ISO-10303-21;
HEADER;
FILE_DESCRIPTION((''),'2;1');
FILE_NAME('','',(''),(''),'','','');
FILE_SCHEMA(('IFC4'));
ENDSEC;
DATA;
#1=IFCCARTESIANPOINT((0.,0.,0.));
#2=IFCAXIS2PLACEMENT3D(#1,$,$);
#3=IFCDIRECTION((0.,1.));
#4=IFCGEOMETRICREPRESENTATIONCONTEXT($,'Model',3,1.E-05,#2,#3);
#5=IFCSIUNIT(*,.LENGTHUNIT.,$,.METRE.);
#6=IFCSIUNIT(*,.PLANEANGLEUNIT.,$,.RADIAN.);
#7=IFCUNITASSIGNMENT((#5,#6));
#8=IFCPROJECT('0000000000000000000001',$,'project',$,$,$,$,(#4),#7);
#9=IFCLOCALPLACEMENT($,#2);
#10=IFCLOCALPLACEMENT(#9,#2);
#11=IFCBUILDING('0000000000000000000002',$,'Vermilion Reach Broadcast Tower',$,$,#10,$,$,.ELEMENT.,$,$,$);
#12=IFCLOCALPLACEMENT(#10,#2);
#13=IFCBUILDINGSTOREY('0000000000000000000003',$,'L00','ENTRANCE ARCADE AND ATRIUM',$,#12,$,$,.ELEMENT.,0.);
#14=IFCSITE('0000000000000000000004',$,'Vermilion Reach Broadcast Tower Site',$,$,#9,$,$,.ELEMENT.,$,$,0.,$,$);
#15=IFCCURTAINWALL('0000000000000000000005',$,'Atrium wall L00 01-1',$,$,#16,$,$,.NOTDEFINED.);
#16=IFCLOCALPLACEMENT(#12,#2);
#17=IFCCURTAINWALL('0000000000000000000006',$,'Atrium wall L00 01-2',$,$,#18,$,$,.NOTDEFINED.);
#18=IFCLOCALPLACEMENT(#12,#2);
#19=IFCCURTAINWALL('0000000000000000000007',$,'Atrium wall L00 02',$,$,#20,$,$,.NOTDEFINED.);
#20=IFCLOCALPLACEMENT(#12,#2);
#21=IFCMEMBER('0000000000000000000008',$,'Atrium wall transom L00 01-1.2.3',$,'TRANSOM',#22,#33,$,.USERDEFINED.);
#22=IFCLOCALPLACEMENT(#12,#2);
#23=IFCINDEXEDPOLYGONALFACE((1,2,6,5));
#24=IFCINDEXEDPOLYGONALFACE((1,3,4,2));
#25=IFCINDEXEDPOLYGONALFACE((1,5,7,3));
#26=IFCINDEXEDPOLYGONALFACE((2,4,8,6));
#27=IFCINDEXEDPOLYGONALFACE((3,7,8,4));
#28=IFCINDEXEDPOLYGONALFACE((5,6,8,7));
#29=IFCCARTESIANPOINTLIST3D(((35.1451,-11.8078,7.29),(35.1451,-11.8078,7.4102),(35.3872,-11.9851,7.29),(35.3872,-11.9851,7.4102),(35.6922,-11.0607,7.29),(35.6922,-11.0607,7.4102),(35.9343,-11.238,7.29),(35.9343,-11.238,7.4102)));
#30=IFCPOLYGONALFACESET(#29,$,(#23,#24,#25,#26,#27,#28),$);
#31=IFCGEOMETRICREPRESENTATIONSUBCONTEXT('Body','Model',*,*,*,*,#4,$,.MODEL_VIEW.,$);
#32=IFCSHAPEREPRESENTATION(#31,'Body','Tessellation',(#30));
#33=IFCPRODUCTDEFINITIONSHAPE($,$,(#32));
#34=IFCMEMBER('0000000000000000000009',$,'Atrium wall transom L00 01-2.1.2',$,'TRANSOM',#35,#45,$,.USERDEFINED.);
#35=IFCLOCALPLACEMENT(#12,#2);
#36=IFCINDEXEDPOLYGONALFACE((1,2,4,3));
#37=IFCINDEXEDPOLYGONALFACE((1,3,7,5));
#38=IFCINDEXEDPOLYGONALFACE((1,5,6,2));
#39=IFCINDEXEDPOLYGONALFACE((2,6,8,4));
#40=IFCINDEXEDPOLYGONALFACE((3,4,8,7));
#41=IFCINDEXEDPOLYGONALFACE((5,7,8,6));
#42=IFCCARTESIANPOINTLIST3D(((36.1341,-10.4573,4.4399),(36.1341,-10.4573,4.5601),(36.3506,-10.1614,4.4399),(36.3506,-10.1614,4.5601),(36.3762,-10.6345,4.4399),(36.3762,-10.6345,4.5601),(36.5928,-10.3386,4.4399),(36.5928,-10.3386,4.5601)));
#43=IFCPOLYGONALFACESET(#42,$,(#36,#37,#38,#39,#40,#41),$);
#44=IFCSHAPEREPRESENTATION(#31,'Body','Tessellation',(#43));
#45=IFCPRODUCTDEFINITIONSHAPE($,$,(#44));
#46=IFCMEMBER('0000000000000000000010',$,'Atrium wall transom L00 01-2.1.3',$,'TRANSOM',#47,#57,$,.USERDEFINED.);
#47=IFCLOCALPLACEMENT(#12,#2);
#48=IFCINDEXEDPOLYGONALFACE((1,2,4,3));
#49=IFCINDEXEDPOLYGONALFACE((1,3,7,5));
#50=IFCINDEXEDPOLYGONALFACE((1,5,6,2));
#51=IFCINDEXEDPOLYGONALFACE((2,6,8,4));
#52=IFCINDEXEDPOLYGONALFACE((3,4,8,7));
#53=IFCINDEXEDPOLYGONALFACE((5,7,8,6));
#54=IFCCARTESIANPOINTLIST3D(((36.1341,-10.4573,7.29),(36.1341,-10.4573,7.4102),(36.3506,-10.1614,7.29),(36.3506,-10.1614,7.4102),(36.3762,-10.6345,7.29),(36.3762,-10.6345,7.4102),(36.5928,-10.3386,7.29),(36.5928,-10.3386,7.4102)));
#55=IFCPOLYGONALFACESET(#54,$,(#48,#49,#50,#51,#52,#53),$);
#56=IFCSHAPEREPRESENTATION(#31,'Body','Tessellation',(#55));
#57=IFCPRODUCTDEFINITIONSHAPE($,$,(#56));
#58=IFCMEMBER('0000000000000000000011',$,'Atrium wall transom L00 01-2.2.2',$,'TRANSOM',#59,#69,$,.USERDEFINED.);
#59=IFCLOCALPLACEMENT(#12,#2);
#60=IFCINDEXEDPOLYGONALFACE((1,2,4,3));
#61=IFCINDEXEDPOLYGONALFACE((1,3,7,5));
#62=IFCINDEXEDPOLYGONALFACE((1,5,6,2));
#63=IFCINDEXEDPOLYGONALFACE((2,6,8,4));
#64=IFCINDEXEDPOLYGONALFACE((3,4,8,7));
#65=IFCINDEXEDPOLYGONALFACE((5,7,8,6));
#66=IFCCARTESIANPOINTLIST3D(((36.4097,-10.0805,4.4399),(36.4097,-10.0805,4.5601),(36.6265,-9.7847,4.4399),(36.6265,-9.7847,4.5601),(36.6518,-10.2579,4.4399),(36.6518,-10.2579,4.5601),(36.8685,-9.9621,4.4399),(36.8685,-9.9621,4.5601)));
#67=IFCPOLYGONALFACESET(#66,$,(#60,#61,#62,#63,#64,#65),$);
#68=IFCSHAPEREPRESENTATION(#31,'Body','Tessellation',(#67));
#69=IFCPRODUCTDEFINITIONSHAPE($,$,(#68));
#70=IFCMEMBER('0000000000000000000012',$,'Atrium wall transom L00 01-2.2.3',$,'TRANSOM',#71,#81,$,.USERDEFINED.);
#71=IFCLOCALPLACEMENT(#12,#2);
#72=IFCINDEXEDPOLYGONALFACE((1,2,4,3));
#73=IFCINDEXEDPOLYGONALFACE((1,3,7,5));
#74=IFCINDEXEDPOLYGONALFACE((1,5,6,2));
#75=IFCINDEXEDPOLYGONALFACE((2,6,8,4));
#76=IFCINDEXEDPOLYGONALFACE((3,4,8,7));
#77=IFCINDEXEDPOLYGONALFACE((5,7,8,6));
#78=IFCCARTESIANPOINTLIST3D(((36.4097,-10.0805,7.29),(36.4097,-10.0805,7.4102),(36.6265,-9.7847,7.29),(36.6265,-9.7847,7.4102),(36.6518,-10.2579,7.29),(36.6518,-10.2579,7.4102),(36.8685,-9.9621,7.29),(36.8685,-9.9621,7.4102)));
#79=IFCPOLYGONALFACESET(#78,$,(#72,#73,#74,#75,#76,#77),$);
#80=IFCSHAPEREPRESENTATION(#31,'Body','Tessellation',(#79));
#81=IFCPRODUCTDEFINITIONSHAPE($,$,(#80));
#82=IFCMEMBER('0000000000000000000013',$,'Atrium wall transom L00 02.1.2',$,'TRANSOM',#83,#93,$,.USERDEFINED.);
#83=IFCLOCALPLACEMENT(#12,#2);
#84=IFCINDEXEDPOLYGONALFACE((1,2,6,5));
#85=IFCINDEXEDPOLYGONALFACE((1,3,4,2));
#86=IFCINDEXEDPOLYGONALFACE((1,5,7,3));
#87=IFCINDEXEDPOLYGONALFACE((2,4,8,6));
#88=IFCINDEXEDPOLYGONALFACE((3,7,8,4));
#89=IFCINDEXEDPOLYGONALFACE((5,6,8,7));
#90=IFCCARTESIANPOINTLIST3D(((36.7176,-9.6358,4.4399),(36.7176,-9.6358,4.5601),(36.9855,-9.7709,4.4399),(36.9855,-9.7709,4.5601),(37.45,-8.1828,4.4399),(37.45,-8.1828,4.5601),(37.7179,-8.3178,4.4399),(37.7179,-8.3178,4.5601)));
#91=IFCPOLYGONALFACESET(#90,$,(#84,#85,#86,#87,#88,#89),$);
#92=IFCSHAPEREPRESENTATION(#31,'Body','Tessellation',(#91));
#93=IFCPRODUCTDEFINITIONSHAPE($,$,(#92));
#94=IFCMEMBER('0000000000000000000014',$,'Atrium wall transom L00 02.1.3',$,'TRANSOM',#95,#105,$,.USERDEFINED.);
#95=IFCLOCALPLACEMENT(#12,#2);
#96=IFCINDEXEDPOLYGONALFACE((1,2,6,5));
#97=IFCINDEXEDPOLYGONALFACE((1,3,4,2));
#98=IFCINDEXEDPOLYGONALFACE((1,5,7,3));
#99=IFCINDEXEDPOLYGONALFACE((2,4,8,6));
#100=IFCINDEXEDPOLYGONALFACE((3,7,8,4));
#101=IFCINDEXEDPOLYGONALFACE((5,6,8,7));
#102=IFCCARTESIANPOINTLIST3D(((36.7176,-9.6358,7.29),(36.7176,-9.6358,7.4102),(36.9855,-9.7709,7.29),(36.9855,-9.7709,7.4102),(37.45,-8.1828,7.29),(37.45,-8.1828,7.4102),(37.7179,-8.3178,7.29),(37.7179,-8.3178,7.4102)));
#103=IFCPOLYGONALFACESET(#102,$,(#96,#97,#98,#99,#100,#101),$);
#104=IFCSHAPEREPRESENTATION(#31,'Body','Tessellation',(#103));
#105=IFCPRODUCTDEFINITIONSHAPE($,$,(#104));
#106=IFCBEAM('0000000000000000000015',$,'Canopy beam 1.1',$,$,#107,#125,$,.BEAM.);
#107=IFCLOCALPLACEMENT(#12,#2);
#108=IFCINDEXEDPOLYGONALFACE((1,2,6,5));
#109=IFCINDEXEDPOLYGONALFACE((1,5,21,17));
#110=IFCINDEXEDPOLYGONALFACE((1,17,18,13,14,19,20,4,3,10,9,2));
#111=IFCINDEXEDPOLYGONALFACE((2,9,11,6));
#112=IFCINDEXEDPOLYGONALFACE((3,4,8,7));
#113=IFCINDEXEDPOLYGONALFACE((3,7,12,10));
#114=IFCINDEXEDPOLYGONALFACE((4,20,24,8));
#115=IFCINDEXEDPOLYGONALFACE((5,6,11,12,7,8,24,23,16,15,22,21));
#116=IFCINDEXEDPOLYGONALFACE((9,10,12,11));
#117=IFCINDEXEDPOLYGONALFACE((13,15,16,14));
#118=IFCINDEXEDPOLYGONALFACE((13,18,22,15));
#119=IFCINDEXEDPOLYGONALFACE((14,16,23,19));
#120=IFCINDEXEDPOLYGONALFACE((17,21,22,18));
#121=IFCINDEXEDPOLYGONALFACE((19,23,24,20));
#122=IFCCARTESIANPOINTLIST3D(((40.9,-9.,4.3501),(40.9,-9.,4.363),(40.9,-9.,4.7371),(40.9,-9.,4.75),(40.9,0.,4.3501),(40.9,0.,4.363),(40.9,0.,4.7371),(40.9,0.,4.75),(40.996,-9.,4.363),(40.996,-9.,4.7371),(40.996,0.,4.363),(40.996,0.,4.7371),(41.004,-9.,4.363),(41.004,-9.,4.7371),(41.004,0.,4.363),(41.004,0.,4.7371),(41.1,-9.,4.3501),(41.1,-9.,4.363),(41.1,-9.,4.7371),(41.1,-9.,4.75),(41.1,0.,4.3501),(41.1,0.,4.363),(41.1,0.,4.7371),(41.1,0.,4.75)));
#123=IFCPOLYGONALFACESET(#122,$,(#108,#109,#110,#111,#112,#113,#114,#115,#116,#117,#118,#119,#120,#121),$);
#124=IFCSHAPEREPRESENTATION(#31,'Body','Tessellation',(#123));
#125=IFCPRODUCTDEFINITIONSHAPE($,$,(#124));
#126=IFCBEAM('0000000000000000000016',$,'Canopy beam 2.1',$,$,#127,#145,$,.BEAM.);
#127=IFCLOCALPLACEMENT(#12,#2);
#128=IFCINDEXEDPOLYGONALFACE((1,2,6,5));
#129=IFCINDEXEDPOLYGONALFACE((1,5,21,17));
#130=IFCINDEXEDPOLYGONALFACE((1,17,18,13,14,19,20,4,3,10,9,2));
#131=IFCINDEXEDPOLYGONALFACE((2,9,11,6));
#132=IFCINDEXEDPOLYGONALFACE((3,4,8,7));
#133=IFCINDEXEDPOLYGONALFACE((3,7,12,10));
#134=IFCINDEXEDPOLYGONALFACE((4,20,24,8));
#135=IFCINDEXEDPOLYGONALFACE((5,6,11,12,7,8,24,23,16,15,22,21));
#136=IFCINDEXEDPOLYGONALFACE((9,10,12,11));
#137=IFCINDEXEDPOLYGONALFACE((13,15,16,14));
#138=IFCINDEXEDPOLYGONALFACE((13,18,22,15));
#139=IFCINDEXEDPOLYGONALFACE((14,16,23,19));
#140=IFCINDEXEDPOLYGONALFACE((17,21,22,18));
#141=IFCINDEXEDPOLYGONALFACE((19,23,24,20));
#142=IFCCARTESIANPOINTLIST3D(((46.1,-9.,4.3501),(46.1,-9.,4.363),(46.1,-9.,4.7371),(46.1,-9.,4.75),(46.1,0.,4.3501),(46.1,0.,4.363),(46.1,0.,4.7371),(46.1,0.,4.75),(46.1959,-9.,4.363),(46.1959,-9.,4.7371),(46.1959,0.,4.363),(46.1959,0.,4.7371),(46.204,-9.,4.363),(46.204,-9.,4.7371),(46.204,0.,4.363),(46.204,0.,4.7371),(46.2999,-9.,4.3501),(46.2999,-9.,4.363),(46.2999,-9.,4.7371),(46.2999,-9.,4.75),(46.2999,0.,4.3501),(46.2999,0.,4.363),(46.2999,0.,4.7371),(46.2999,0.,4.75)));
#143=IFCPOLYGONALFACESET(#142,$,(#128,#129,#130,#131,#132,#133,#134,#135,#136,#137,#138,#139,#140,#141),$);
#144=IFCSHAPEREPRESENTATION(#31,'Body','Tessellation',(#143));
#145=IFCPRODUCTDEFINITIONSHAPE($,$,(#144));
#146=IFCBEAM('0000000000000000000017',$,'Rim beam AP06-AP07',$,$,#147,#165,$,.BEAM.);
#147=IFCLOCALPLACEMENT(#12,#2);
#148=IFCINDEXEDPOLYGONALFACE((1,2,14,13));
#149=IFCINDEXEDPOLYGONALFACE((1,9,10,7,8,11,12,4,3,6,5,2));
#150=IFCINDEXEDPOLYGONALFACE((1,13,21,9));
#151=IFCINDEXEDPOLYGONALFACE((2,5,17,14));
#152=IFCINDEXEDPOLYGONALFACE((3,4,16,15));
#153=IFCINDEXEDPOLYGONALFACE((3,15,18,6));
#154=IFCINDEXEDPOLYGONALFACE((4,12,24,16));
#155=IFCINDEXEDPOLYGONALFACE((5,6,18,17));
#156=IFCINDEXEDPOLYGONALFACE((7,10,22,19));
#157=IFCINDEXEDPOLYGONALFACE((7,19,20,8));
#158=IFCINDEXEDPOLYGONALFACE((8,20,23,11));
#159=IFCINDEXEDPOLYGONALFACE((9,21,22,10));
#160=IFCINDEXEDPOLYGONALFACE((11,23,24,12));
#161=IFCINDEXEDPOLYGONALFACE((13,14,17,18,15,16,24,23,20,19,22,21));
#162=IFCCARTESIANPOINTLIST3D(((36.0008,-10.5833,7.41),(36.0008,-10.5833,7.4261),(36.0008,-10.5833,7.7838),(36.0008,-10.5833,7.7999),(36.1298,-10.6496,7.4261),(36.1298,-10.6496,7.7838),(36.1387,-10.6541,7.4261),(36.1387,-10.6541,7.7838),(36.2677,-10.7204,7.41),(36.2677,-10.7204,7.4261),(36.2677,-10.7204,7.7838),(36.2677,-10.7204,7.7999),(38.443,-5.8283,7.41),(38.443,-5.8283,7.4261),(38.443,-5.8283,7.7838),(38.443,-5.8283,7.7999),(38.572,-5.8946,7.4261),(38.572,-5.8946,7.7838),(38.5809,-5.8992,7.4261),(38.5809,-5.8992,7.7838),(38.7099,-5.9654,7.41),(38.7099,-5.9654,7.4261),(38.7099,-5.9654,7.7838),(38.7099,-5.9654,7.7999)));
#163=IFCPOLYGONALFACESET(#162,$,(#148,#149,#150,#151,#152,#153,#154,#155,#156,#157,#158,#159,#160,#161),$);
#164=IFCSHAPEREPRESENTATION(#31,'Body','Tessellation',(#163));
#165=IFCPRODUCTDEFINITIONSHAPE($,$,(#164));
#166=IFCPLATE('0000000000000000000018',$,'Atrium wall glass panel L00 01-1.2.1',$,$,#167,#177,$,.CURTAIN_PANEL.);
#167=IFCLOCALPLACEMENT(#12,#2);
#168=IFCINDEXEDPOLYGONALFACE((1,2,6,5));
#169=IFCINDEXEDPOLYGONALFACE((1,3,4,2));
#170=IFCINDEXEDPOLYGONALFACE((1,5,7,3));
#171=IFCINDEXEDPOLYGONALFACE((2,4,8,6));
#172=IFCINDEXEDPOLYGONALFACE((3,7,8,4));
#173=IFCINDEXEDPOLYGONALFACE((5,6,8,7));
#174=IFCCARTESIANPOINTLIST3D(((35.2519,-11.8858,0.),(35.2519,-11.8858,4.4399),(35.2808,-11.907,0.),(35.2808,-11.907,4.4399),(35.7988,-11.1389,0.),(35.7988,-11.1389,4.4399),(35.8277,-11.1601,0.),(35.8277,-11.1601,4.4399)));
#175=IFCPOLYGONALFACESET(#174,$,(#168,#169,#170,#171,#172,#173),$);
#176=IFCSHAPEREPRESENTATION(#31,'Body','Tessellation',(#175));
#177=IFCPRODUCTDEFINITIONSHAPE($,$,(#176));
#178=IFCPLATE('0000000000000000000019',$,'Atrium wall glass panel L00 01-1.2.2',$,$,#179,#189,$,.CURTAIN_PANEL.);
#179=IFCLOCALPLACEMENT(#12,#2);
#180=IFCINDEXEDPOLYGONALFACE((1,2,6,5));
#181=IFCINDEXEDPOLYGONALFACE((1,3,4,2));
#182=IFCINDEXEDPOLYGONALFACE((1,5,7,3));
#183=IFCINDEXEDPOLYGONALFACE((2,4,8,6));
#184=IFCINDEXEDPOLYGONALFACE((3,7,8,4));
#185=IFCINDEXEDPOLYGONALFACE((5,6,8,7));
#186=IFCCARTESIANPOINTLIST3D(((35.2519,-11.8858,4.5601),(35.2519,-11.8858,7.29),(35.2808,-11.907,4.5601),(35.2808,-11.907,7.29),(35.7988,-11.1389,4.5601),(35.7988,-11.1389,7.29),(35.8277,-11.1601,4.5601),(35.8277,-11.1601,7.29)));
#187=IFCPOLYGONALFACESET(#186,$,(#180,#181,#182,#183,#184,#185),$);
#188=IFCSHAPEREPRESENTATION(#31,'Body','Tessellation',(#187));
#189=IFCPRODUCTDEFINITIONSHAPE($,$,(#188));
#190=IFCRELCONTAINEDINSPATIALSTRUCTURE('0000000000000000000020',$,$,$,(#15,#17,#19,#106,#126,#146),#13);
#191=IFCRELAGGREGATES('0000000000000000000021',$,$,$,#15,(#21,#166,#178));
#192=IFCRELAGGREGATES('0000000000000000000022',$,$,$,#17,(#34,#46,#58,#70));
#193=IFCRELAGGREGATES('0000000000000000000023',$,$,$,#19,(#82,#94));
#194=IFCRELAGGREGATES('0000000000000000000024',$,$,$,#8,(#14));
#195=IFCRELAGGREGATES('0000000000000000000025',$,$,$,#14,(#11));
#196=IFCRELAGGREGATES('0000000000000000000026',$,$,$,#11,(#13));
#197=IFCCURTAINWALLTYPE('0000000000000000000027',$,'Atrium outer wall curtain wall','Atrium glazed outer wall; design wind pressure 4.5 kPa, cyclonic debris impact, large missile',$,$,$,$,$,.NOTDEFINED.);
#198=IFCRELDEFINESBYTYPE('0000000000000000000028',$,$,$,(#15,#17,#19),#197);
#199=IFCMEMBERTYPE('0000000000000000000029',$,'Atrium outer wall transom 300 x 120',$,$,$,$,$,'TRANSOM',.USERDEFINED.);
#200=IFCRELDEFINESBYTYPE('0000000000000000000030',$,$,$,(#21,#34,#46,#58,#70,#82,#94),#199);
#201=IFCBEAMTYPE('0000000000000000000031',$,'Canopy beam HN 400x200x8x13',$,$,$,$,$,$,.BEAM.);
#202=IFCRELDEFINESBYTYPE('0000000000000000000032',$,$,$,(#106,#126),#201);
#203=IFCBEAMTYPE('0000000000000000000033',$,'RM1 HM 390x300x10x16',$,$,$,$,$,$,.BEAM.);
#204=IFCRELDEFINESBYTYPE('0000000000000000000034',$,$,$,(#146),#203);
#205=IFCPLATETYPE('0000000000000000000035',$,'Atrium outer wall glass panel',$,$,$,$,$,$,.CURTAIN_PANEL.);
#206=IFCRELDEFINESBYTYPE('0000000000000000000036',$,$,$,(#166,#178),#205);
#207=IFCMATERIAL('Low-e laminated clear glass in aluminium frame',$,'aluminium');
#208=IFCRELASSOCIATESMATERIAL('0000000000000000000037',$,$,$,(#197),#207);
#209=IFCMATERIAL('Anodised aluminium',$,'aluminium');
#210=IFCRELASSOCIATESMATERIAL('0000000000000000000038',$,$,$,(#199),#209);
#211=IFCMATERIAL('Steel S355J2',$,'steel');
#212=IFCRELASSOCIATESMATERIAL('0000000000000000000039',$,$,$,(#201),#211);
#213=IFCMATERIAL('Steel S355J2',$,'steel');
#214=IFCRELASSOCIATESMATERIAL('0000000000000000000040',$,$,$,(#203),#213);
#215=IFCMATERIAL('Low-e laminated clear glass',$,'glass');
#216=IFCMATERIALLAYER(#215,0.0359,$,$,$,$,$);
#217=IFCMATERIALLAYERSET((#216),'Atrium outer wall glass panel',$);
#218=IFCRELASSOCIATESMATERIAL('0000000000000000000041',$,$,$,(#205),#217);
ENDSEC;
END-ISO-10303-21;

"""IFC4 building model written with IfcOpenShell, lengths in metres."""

from ifc_helpers import new_model, si_unit, direction, frame, origin, origin_2d, place, context, subcontext, project, spatial, rectangle, i_section, extrude, material, layer, layer_set, material_profile, profile_set, type_object, element, aggregate, save


model = new_model("IFC4")

# Units and contexts
model_context = context("Model", 3, precision=1e-05, world=origin(), true_north=direction((0.0, 1.0)))
body_context = subcontext(model_context, "Body", "Model", "MODEL_VIEW")
ifc_project = project(units=[si_unit("LENGTHUNIT", "METRE"), si_unit("PLANEANGLEUNIT", "RADIAN")], contexts=[model_context])

# Site, building, storey
site_placement = place(None, origin())
site = spatial("IfcSite", under=ifc_project, at=site_placement, Name="Vermilion Reach Broadcast Tower Site", CompositionType="ELEMENT", RefElevation=0.0)
building_placement = place(site_placement, origin())
building = spatial("IfcBuilding", under=site, at=building_placement, Name="Vermilion Reach Broadcast Tower", CompositionType="ELEMENT")
storey_placement = place(building_placement, origin())
storey = spatial("IfcBuildingStorey", under=building, at=storey_placement, Name="L00", Description="ENTRANCE ARCADE AND ATRIUM", CompositionType="ELEMENT", Elevation=0.0)

# Curtain wall
ifc_material_1 = material(Name="Low-e laminated clear glass in aluminium frame", Category="aluminium")
curtain_wall_type = type_object("IfcCurtainWallType", Name="Atrium outer wall curtain wall", Description="Atrium glazed outer wall; design wind pressure 4.5 kPa, cyclonic debris impact, large missile", PredefinedType="NOTDEFINED", material=ifc_material_1)
placement = place(storey_placement, origin())
curtain_wall_1 = element("IfcCurtainWall", 1, at=placement, inside=storey, type_object=curtain_wall_type, Name="Atrium wall L00 01-1", PredefinedType="NOTDEFINED")

# Curtain wall
curtain_wall_2 = element("IfcCurtainWall", 2, at=placement, inside=storey, type_object=curtain_wall_type, Name="Atrium wall L00 01-2", PredefinedType="NOTDEFINED")

# Curtain wall
curtain_wall_3 = element("IfcCurtainWall", 3, at=placement, inside=storey, type_object=curtain_wall_type, Name="Atrium wall L00 02", PredefinedType="NOTDEFINED")

# Members
ifc_material_2 = material(Name="Anodised aluminium", Category="aluminium")
ifc_material_profile_1 = material_profile(ifc_material_2, rectangle(XDim=0.3, YDim=0.1201, at=origin_2d()), Name="Atrium outer wall transom 300 x 120")
ifc_profile_set_1 = profile_set([ifc_material_profile_1], Name="Anodised aluminium")
member_type_1 = type_object("IfcMemberType", Name="Atrium outer wall transom 300 x 120", ElementType="TRANSOM", PredefinedType="USERDEFINED", material=ifc_profile_set_1)
member_1_placement = place(storey_placement, frame((35.2661, -11.8965, 7.3501), z_axis=(0.590849, 0.806782, 0.0), x_axis=(-0.806782, 0.590849, 0.0)))
member_1 = element("IfcMember", 4, at=member_1_placement, type_object=member_type_1, Name="Atrium wall transom L00 01-1.2.3", ObjectType="TRANSOM", PredefinedType="USERDEFINED", context=body_context, shape_type="SweptSolid", body=[
    extrude(rectangle(XDim=0.3, YDim=0.1201, at=origin_2d()), origin(), (0.0, 0.0, 1.0), 0.926),
])
member_2_placement = place(storey_placement, frame((36.2551, -10.5459, 4.5), z_axis=(0.590584, 0.806976, 0.0), x_axis=(-0.806976, 0.590584, 0.0)))
member_2 = element("IfcMember", 5, at=member_2_placement, type_object=member_type_1, Name="Atrium wall transom L00 01-2.1.2", ObjectType="TRANSOM", PredefinedType="USERDEFINED", context=body_context, shape_type="SweptSolid", body=[
    extrude(rectangle(XDim=0.3, YDim=0.1201, at=origin_2d()), origin(), (0.0, 0.0, 1.0), 0.3667),
])
member_3_placement = place(storey_placement, frame((36.2551, -10.5459, 7.3501), z_axis=(0.590584, 0.806976, 0.0), x_axis=(-0.806976, 0.590584, 0.0)))
member_3 = element("IfcMember", 6, at=member_3_placement, type_object=member_type_1, Name="Atrium wall transom L00 01-2.1.3", ObjectType="TRANSOM", PredefinedType="USERDEFINED", context=body_context, shape_type="SweptSolid", body=[
    extrude(rectangle(XDim=0.3, YDim=0.1201, at=origin_2d()), origin(), (0.0, 0.0, 1.0), 0.3667),
])
member_4_placement = place(storey_placement, frame((36.5308, -10.1692, 4.5), z_axis=(0.591017, 0.806659, 0.0), x_axis=(-0.806659, 0.591017, 0.0)))
member_4 = element("IfcMember", 7, at=member_4_placement, type_object=member_type_1, Name="Atrium wall transom L00 01-2.2.2", ObjectType="TRANSOM", PredefinedType="USERDEFINED", context=body_context, shape_type="SweptSolid", body=[
    extrude(rectangle(XDim=0.3, YDim=0.1201, at=origin_2d()), origin(), (0.0, 0.0, 1.0), 0.3667),
])
member_5_placement = place(storey_placement, frame((36.5308, -10.1692, 7.3501), z_axis=(0.591017, 0.806659, 0.0), x_axis=(-0.806659, 0.591017, 0.0)))
member_5 = element("IfcMember", 8, at=member_5_placement, type_object=member_type_1, Name="Atrium wall transom L00 01-2.2.3", ObjectType="TRANSOM", PredefinedType="USERDEFINED", context=body_context, shape_type="SweptSolid", body=[
    extrude(rectangle(XDim=0.3, YDim=0.1201, at=origin_2d()), origin(), (0.0, 0.0, 1.0), 0.3667),
])
member_6_placement = place(storey_placement, frame((36.8516, -9.7034, 4.5), z_axis=(0.450092, 0.892982, 0.0), x_axis=(-0.892982, 0.450092, 0.0)))
member_6 = element("IfcMember", 9, at=member_6_placement, type_object=member_type_1, Name="Atrium wall transom L00 02.1.2", ObjectType="TRANSOM", PredefinedType="USERDEFINED", context=body_context, shape_type="SweptSolid", body=[
    extrude(rectangle(XDim=0.3, YDim=0.1201, at=origin_2d()), origin(), (0.0, 0.0, 1.0), 1.6272),
])
member_7_placement = place(storey_placement, frame((36.8516, -9.7034, 7.3501), z_axis=(0.450092, 0.892982, 0.0), x_axis=(-0.892982, 0.450092, 0.0)))
member_7 = element("IfcMember", 10, at=member_7_placement, type_object=member_type_1, Name="Atrium wall transom L00 02.1.3", ObjectType="TRANSOM", PredefinedType="USERDEFINED", context=body_context, shape_type="SweptSolid", body=[
    extrude(rectangle(XDim=0.3, YDim=0.1201, at=origin_2d()), origin(), (0.0, 0.0, 1.0), 1.6272),
])

# Beams
ifc_material_3 = material(Name="Steel S355J2", Category="steel")
ifc_material_profile_2 = material_profile(ifc_material_3, i_section(OverallWidth=0.2, OverallDepth=0.3999, WebThickness=0.0081, FlangeThickness=0.0129, at=origin_2d()), Name="S355J2 HN 400x200x8x13")
ifc_profile_set_2 = profile_set([ifc_material_profile_2], Name="Steel S355J2")
beam_type_1 = type_object("IfcBeamType", Name="Canopy beam HN 400x200x8x13", PredefinedType="BEAM", material=ifc_profile_set_2)
for number, where, z_axis, x_axis, name in (
    (11, (41.0, -9.0, 4.55), (0.0, 1.0, 0.0), (-1.0, 0.0, 0.0), "Canopy beam 1.1"),
    (12, (46.2, -9.0, 4.55), (0.0, 1.0, 0.0), (-1.0, 0.0, 0.0), "Canopy beam 2.1"),
):
    element("IfcBeam", number, at=place(storey_placement, frame(where, z_axis=z_axis, x_axis=x_axis)), inside=storey, type_object=beam_type_1, Name=name, PredefinedType="BEAM", context=body_context, shape_type="SweptSolid", body=[
        extrude(i_section(OverallWidth=0.2, OverallDepth=0.3999, WebThickness=0.0081, FlangeThickness=0.0129, at=origin_2d()), origin(), (0.0, 0.0, 1.0), 9.0),
    ])
ifc_material_4 = material(Name="Steel S355J2", Category="steel")
ifc_material_profile_3 = material_profile(ifc_material_4, i_section(OverallWidth=0.3, OverallDepth=0.3899, WebThickness=0.01, FlangeThickness=0.0161, at=origin_2d()), Name="S355J2 HM 390x300x10x16")
ifc_profile_set_3 = profile_set([ifc_material_profile_3], Name="Steel S355J2")
beam_type_2 = type_object("IfcBeamType", Name="RM1 HM 390x300x10x16", PredefinedType="BEAM", material=ifc_profile_set_3)
beam_placement = place(storey_placement, frame((36.1343, -10.6519, 7.605), z_axis=(0.45687, 0.889533, 0.0), x_axis=(-0.889533, 0.45687, 0.0)))
element("IfcBeam", 13, at=beam_placement, inside=storey, type_object=beam_type_2, Name="Rim beam AP06-AP07", PredefinedType="BEAM", context=body_context, shape_type="SweptSolid", body=[
    extrude(i_section(OverallWidth=0.3, OverallDepth=0.3899, WebThickness=0.01, FlangeThickness=0.0161, at=origin_2d()), origin(), (0.0, 0.0, 1.0), 5.3455),
])

# Plates
ifc_material_5 = material(Name="Low-e laminated clear glass", Category="glass")
ifc_layer = layer(ifc_material_5, 0.0359)
ifc_layer_set = layer_set([ifc_layer], Name="Atrium outer wall glass panel")
plate_type = type_object("IfcPlateType", Name="Atrium outer wall glass panel", PredefinedType="CURTAIN_PANEL", material=ifc_layer_set)
plate_1_placement = place(storey_placement, frame((35.5398, -11.5229, 0.0), z_axis=(0.0, 0.0, 1.0), x_axis=(0.59076, 0.806847, 0.0)))
plate_1 = element("IfcPlate", 14, at=plate_1_placement, type_object=plate_type, Name="Atrium wall glass panel L00 01-1.2.1", PredefinedType="CURTAIN_PANEL", context=body_context, shape_type="SweptSolid", body=[
    extrude(rectangle(XDim=0.9258, YDim=0.0359, at=origin_2d()), origin(), (0.0, 0.0, 1.0), 4.4399),
])
plate_2_placement = place(storey_placement, frame((35.5398, -11.5229, 4.5601), z_axis=(0.0, 0.0, 1.0), x_axis=(0.59076, 0.806847, 0.0)))
plate_2 = element("IfcPlate", 15, at=plate_2_placement, type_object=plate_type, Name="Atrium wall glass panel L00 01-1.2.2", PredefinedType="CURTAIN_PANEL", context=body_context, shape_type="SweptSolid", body=[
    extrude(rectangle(XDim=0.9258, YDim=0.0359, at=origin_2d()), origin(), (0.0, 0.0, 1.0), 2.73),
])
aggregate(curtain_wall_1, [member_1, plate_1, plate_2])
aggregate(curtain_wall_2, [member_2, member_3, member_4, member_5])
aggregate(curtain_wall_3, [member_6, member_7])

save(model, "model.ifc")
